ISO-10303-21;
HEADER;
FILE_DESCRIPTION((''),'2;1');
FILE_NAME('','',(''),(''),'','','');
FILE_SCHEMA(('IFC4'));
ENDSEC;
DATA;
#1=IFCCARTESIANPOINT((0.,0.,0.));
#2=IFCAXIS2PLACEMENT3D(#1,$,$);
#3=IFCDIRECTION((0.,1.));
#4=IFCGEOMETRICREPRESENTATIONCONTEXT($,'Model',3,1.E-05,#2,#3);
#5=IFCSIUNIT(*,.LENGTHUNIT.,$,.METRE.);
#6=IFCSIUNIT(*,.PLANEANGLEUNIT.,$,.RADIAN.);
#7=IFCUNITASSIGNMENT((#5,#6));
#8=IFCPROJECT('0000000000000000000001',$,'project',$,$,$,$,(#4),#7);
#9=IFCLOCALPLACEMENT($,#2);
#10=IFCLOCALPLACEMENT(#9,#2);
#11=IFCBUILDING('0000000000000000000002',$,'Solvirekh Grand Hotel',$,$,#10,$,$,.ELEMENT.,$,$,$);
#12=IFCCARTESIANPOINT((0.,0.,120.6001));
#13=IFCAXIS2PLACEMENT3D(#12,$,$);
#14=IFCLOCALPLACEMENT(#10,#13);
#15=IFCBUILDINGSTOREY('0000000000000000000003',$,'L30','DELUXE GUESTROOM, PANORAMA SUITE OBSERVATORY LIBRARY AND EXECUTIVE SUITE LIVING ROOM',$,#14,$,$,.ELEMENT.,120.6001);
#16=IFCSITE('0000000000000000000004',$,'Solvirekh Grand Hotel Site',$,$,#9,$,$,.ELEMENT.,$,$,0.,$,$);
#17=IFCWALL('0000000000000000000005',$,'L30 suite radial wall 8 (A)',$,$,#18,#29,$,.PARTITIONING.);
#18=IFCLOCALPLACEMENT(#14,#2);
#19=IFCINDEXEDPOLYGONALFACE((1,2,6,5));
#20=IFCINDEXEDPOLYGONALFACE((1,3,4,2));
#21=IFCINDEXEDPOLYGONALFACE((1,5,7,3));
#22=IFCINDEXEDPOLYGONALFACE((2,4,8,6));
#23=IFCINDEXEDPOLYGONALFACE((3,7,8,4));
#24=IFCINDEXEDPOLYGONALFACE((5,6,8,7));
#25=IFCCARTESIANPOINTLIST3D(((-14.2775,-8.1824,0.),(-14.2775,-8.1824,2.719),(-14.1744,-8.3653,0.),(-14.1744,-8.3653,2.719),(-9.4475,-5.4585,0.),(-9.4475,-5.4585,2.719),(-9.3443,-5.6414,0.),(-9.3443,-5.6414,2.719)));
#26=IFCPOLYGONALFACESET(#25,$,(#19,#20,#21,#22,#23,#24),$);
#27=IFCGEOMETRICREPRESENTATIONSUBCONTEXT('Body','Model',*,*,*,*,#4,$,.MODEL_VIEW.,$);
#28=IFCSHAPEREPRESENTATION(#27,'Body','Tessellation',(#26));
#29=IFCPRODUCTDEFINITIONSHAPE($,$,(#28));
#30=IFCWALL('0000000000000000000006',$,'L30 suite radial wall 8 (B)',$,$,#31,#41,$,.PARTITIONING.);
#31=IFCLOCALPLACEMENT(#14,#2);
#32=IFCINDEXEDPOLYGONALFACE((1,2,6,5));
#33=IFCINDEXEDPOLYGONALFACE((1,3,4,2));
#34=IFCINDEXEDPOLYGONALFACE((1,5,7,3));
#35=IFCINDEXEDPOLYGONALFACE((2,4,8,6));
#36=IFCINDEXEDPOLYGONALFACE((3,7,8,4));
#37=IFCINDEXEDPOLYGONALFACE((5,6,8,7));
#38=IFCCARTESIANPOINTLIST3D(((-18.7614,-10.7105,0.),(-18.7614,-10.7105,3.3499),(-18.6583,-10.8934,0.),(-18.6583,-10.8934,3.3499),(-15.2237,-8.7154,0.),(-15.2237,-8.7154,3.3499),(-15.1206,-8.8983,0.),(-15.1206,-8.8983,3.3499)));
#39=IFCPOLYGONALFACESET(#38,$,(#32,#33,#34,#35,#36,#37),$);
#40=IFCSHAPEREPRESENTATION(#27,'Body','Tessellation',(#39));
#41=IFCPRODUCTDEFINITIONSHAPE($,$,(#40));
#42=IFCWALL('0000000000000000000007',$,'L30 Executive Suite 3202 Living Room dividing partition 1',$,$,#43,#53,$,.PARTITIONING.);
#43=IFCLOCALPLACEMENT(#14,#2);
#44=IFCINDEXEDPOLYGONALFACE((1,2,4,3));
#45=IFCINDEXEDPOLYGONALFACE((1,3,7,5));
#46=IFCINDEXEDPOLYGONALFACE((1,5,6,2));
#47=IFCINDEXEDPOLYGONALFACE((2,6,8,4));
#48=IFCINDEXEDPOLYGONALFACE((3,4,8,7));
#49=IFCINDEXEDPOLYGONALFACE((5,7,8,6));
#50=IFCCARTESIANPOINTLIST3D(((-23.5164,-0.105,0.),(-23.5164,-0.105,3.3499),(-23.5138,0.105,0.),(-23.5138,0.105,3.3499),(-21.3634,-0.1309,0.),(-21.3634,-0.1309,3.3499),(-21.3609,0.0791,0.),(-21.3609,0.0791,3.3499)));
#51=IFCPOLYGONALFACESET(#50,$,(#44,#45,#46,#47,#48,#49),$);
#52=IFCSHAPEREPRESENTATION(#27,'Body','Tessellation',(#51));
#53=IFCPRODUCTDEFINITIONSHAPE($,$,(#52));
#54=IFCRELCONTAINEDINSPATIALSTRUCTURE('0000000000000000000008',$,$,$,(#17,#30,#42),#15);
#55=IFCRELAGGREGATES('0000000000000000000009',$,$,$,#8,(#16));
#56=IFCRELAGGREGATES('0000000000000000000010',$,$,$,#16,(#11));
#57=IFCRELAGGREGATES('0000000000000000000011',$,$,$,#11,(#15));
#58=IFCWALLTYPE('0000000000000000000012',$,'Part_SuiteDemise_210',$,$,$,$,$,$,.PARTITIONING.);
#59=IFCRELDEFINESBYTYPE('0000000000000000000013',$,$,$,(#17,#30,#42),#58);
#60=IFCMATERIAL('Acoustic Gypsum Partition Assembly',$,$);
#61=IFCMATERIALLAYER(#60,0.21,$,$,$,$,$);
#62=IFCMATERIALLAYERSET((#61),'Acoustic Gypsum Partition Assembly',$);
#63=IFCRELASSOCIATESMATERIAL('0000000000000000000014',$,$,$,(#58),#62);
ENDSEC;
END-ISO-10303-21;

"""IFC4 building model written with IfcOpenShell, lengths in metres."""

from ifc_helpers import new_model, si_unit, direction, frame, frame_2d, origin, place, context, subcontext, project, spatial, rectangle, extrude, material, layer, layer_set, type_object, element, save


model = new_model("IFC4")

# Units and contexts
model_context = context("Model", 3, precision=1e-05, world=origin(), true_north=direction((0.0, 1.0)))
body_context = subcontext(model_context, "Body", "Model", "MODEL_VIEW")
ifc_project = project(units=[si_unit("LENGTHUNIT", "METRE"), si_unit("PLANEANGLEUNIT", "RADIAN")], contexts=[model_context])

# Site, building, storey
site_placement = place(None, origin())
site = spatial("IfcSite", under=ifc_project, at=site_placement, Name="Solvirekh Grand Hotel Site", CompositionType="ELEMENT", RefElevation=0.0)
building_placement = place(site_placement, origin())
building = spatial("IfcBuilding", under=site, at=building_placement, Name="Solvirekh Grand Hotel", CompositionType="ELEMENT")
storey_placement = place(building_placement, frame((0.0, 0.0, 120.6001)))
storey = spatial("IfcBuildingStorey", under=building, at=storey_placement, Name="L30", Description="DELUXE GUESTROOM, PANORAMA SUITE OBSERVATORY LIBRARY AND EXECUTIVE SUITE LIVING ROOM", CompositionType="ELEMENT", Elevation=120.6001)

# Shared definitions
ifc_material_1 = material(Name="Acoustic Gypsum Partition Assembly")

# Walls
ifc_layer_1 = layer(ifc_material_1, 0.21)
ifc_layer_set_1 = layer_set([ifc_layer_1], Name="Acoustic Gypsum Partition Assembly")
wall_type_1 = type_object("IfcWallType", Name="Part_SuiteDemise_210", PredefinedType="PARTITIONING", material=ifc_layer_set_1)
wall_1_placement = place(storey_placement, frame((-9.396, -5.55, 0.0), z_axis=(0.0, 0.0, 1.0), x_axis=(-0.871039, -0.491214, 0.0)))
element("IfcWall", 1, at=wall_1_placement, inside=storey, type_object=wall_type_1, Name="L30 suite radial wall 8 (A)", PredefinedType="PARTITIONING", context=body_context, shape_type="SweptSolid", body=[
    extrude(rectangle(XDim=5.5452, YDim=0.21, at=frame_2d((2.7725, 0.0))), origin(), (0.0, 0.0, 1.0), 2.719),
])
wall_2_placement = place(storey_placement, frame((-15.1721, -8.8069, 0.0), z_axis=(0.0, 0.0, 1.0), x_axis=(-0.87104, -0.491211, 0.0)))
element("IfcWall", 2, at=wall_2_placement, inside=storey, type_object=wall_type_1, Name="L30 suite radial wall 8 (B)", PredefinedType="PARTITIONING", context=body_context, shape_type="SweptSolid", body=[
    extrude(rectangle(XDim=4.0615, YDim=0.21, at=frame_2d((2.0308, 0.0))), origin(), (0.0, 0.0, 1.0), 3.3499),
])
wall_3_placement = place(storey_placement, frame((-21.3621, -0.0259, 0.0), z_axis=(0.0, 0.0, 1.0), x_axis=(-0.999928, 0.01202, 0.0)))
element("IfcWall", 3, at=wall_3_placement, inside=storey, type_object=wall_type_1, Name="L30 Executive Suite 3202 Living Room dividing partition 1", PredefinedType="PARTITIONING", context=body_context, shape_type="SweptSolid", body=[
    extrude(rectangle(XDim=2.1531, YDim=0.21, at=frame_2d((1.0767, 0.0))), origin(), (0.0, 0.0, 1.0), 3.3499),
])

save(model, "model.ifc")
